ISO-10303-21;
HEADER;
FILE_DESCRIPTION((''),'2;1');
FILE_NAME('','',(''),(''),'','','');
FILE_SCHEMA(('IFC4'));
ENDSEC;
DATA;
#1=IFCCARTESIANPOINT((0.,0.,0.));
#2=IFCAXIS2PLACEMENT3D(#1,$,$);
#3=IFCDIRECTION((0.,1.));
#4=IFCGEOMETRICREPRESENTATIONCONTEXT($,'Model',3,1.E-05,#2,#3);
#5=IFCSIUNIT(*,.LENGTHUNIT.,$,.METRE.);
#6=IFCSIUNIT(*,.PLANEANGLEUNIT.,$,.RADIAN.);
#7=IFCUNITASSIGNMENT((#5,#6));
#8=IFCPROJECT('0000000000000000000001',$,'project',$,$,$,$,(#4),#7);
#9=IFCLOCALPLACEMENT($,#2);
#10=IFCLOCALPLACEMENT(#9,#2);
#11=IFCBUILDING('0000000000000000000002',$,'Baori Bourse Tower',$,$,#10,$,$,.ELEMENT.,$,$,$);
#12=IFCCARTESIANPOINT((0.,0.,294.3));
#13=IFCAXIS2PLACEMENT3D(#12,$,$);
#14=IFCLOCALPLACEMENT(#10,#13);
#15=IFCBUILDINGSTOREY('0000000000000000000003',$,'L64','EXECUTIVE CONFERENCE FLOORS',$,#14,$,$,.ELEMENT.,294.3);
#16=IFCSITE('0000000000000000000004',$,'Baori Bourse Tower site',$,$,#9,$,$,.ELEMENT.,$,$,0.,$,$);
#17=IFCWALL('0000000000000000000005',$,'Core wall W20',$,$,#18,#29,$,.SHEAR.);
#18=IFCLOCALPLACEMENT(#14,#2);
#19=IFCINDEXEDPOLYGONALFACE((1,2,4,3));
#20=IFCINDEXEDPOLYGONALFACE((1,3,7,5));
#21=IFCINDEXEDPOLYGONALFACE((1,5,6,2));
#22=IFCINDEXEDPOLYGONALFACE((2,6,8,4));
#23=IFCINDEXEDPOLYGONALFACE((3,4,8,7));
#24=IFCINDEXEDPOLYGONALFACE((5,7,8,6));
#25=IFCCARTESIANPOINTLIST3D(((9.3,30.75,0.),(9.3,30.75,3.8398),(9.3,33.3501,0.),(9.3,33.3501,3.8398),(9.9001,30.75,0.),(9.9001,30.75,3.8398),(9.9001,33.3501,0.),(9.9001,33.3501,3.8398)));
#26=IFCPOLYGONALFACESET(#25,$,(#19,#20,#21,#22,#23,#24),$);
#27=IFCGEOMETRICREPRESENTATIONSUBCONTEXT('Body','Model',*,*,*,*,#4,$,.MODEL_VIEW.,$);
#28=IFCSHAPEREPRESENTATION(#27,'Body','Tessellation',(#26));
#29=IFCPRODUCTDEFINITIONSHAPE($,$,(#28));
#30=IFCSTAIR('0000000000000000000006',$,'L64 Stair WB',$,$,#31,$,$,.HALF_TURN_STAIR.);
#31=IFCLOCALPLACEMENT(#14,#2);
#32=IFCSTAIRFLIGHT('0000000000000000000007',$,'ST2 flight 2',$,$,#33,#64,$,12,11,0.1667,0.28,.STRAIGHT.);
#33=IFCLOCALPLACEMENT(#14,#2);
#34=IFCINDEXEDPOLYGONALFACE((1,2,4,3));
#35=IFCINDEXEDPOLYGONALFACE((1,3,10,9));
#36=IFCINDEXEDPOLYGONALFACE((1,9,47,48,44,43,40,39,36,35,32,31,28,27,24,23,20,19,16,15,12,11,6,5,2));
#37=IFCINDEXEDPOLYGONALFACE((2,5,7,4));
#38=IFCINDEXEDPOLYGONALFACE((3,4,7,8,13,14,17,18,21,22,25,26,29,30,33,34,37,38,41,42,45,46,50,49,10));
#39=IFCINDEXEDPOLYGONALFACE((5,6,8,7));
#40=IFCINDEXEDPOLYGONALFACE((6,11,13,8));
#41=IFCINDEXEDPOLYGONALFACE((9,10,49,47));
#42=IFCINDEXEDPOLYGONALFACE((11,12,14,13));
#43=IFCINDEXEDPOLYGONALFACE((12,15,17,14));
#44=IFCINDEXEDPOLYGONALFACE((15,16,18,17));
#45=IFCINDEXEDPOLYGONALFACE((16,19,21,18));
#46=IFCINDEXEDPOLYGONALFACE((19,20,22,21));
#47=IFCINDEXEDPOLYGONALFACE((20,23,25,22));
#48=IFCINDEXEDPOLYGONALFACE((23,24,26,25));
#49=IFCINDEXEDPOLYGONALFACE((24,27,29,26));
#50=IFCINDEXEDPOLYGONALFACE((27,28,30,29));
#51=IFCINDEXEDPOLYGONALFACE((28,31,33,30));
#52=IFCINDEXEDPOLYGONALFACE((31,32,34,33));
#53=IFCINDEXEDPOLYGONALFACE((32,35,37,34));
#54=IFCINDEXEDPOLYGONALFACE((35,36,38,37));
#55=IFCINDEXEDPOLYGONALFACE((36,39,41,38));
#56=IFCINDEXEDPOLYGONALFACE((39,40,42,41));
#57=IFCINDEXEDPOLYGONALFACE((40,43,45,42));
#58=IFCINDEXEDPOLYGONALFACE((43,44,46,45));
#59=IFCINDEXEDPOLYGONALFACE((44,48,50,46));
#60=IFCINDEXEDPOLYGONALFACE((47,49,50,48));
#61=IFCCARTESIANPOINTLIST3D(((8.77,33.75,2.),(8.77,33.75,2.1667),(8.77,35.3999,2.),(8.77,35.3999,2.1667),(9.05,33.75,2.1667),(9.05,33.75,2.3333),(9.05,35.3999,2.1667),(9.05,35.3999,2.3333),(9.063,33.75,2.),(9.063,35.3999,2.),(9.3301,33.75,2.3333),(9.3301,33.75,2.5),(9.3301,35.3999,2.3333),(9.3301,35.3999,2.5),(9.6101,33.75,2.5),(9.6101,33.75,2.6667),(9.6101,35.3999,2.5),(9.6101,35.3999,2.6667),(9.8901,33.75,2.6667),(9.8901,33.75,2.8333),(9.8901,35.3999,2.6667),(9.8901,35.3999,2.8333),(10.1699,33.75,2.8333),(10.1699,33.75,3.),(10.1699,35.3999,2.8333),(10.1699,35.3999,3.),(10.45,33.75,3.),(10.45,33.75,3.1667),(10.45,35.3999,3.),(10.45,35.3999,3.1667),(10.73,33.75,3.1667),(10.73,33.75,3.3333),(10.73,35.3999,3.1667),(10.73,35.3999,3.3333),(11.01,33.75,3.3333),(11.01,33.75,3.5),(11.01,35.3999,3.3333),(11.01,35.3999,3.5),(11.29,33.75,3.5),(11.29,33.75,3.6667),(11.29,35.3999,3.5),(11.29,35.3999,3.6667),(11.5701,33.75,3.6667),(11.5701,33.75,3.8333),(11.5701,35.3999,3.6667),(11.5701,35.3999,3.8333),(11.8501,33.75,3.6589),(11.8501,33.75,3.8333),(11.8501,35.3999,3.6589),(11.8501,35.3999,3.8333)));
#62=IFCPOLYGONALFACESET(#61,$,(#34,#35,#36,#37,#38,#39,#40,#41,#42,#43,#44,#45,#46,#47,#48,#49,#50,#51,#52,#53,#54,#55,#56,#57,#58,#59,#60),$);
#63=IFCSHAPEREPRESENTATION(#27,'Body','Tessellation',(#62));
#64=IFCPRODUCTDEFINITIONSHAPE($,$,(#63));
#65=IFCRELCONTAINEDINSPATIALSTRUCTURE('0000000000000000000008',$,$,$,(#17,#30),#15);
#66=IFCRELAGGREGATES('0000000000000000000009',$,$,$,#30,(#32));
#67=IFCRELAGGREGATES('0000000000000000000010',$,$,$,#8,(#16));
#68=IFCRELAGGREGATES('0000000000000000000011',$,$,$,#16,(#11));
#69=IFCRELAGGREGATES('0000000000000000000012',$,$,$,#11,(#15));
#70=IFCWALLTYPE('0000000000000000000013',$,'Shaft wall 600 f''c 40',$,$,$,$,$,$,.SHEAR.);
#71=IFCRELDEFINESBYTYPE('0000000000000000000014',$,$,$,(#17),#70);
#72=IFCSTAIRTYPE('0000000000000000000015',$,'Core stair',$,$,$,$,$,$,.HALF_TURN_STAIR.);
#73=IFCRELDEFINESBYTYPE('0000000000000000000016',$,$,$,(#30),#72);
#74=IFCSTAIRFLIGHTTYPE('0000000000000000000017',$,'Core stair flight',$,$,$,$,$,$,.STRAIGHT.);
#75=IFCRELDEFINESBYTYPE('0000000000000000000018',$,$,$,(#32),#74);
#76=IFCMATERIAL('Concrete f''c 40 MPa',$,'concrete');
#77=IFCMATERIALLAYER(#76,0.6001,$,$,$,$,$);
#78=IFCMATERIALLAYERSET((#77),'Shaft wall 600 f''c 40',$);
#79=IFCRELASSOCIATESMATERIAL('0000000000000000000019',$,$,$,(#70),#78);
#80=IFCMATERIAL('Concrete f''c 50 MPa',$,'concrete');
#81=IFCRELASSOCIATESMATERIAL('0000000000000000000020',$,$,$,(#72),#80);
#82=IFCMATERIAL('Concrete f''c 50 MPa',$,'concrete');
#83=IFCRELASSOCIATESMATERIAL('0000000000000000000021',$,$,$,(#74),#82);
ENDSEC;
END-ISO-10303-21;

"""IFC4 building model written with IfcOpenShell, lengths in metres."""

from ifc_helpers import new_model, si_unit, direction, frame, frame_2d, origin, place, context, subcontext, project, spatial, polyline, rectangle, outline, extrude, material, layer, layer_set, type_object, element, aggregate, save


model = new_model("IFC4")

# Units and contexts
model_context = context("Model", 3, precision=1e-05, world=origin(), true_north=direction((0.0, 1.0)))
body_context = subcontext(model_context, "Body", "Model", "MODEL_VIEW")
ifc_project = project(units=[si_unit("LENGTHUNIT", "METRE"), si_unit("PLANEANGLEUNIT", "RADIAN")], contexts=[model_context])

# Site, building, storey
site_placement = place(None, origin())
site = spatial("IfcSite", under=ifc_project, at=site_placement, Name="Baori Bourse Tower site", CompositionType="ELEMENT", RefElevation=0.0)
building_placement = place(site_placement, origin())
building = spatial("IfcBuilding", under=site, at=building_placement, Name="Baori Bourse Tower", CompositionType="ELEMENT")
storey_placement = place(building_placement, frame((0.0, 0.0, 294.3)))
storey = spatial("IfcBuildingStorey", under=building, at=storey_placement, Name="L64", Description="EXECUTIVE CONFERENCE FLOORS", CompositionType="ELEMENT", Elevation=294.3)

# Wall
ifc_material_1 = material(Name="Concrete f'c 40 MPa", Category="concrete")
ifc_layer_1 = layer(ifc_material_1, 0.6001)
ifc_layer_set_1 = layer_set([ifc_layer_1], Name="Shaft wall 600 f'c 40")
wall_type_1 = type_object("IfcWallType", Name="Shaft wall 600 f'c 40", PredefinedType="SHEAR", material=ifc_layer_set_1)
for number, where, z_axis, x_axis, name in (
    (1, (9.6001, 30.75, 0.0), (0.0, 0.0, 1.0), (0.0, 1.0, 0.0), "Core wall W20"),
):
    element("IfcWall", number, at=place(storey_placement, frame(where, z_axis=z_axis, x_axis=x_axis)), inside=storey, type_object=wall_type_1, Name=name, PredefinedType="SHEAR", context=body_context, shape_type="SweptSolid", body=[
        extrude(rectangle(XDim=2.6001, YDim=0.6001, at=frame_2d((1.3, 0.0))), origin(), (0.0, 0.0, 1.0), 3.8398),
    ])

# Stair, stair flight
ifc_material_2 = material(Name="Concrete f'c 50 MPa", Category="concrete")
stair_type = type_object("IfcStairType", Name="Core stair", PredefinedType="HALF_TURN_STAIR", material=ifc_material_2)
stair_placement = place(storey_placement, origin())
stair = element("IfcStair", 2, at=stair_placement, inside=storey, type_object=stair_type, Name="L64 Stair WB", PredefinedType="HALF_TURN_STAIR")
ifc_material_3 = material(Name="Concrete f'c 50 MPa", Category="concrete")
stair_flight_type = type_object("IfcStairFlightType", Name="Core stair flight", PredefinedType="STRAIGHT", material=ifc_material_3)
stair_flight_placement = place(storey_placement, frame((8.77, 34.575, 2.0), z_axis=(0.0, 0.0, 1.0), x_axis=(1.0, 0.0, 0.0)))
stair_flight = element("IfcStairFlight", 3, at=stair_flight_placement, type_object=stair_flight_type, Name="ST2 flight 2", NumberOfRisers=12, NumberOfTreads=11, PredefinedType="STRAIGHT", RiserHeight=0.1667, TreadLength=0.28, context=body_context, shape_type="SweptSolid", body=[
    extrude(outline(polyline([(0.0, 0.0), (0.0, 0.1667), (0.28, 0.1667), (0.28, 0.3333), (0.5601, 0.3333), (0.5601, 0.5), (0.8401, 0.5), (0.8401, 0.6667), (1.1201, 0.6667), (1.1201, 0.8333), (1.3999, 0.8333), (1.3999, 1.0), (1.6799, 1.0), (1.6799, 1.1667), (1.96, 1.1667), (1.96, 1.3333), (2.24, 1.3333), (2.24, 1.5), (2.52, 1.5), (2.52, 1.6667), (2.8, 1.6667), (2.8, 1.8333), (3.0801, 1.8333), (3.0801, 2.0), (3.0801, 1.6589), (0.293, 0.0), (0.0, 0.0)])), frame((0.0, 0.825, 0.0), z_axis=(0.0, -1.0, 0.0), x_axis=(1.0, 0.0, 0.0)), (0.0, 0.0, 1.0), 1.6499),
])
aggregate(stair, [stair_flight])

save(model, "model.ifc")
